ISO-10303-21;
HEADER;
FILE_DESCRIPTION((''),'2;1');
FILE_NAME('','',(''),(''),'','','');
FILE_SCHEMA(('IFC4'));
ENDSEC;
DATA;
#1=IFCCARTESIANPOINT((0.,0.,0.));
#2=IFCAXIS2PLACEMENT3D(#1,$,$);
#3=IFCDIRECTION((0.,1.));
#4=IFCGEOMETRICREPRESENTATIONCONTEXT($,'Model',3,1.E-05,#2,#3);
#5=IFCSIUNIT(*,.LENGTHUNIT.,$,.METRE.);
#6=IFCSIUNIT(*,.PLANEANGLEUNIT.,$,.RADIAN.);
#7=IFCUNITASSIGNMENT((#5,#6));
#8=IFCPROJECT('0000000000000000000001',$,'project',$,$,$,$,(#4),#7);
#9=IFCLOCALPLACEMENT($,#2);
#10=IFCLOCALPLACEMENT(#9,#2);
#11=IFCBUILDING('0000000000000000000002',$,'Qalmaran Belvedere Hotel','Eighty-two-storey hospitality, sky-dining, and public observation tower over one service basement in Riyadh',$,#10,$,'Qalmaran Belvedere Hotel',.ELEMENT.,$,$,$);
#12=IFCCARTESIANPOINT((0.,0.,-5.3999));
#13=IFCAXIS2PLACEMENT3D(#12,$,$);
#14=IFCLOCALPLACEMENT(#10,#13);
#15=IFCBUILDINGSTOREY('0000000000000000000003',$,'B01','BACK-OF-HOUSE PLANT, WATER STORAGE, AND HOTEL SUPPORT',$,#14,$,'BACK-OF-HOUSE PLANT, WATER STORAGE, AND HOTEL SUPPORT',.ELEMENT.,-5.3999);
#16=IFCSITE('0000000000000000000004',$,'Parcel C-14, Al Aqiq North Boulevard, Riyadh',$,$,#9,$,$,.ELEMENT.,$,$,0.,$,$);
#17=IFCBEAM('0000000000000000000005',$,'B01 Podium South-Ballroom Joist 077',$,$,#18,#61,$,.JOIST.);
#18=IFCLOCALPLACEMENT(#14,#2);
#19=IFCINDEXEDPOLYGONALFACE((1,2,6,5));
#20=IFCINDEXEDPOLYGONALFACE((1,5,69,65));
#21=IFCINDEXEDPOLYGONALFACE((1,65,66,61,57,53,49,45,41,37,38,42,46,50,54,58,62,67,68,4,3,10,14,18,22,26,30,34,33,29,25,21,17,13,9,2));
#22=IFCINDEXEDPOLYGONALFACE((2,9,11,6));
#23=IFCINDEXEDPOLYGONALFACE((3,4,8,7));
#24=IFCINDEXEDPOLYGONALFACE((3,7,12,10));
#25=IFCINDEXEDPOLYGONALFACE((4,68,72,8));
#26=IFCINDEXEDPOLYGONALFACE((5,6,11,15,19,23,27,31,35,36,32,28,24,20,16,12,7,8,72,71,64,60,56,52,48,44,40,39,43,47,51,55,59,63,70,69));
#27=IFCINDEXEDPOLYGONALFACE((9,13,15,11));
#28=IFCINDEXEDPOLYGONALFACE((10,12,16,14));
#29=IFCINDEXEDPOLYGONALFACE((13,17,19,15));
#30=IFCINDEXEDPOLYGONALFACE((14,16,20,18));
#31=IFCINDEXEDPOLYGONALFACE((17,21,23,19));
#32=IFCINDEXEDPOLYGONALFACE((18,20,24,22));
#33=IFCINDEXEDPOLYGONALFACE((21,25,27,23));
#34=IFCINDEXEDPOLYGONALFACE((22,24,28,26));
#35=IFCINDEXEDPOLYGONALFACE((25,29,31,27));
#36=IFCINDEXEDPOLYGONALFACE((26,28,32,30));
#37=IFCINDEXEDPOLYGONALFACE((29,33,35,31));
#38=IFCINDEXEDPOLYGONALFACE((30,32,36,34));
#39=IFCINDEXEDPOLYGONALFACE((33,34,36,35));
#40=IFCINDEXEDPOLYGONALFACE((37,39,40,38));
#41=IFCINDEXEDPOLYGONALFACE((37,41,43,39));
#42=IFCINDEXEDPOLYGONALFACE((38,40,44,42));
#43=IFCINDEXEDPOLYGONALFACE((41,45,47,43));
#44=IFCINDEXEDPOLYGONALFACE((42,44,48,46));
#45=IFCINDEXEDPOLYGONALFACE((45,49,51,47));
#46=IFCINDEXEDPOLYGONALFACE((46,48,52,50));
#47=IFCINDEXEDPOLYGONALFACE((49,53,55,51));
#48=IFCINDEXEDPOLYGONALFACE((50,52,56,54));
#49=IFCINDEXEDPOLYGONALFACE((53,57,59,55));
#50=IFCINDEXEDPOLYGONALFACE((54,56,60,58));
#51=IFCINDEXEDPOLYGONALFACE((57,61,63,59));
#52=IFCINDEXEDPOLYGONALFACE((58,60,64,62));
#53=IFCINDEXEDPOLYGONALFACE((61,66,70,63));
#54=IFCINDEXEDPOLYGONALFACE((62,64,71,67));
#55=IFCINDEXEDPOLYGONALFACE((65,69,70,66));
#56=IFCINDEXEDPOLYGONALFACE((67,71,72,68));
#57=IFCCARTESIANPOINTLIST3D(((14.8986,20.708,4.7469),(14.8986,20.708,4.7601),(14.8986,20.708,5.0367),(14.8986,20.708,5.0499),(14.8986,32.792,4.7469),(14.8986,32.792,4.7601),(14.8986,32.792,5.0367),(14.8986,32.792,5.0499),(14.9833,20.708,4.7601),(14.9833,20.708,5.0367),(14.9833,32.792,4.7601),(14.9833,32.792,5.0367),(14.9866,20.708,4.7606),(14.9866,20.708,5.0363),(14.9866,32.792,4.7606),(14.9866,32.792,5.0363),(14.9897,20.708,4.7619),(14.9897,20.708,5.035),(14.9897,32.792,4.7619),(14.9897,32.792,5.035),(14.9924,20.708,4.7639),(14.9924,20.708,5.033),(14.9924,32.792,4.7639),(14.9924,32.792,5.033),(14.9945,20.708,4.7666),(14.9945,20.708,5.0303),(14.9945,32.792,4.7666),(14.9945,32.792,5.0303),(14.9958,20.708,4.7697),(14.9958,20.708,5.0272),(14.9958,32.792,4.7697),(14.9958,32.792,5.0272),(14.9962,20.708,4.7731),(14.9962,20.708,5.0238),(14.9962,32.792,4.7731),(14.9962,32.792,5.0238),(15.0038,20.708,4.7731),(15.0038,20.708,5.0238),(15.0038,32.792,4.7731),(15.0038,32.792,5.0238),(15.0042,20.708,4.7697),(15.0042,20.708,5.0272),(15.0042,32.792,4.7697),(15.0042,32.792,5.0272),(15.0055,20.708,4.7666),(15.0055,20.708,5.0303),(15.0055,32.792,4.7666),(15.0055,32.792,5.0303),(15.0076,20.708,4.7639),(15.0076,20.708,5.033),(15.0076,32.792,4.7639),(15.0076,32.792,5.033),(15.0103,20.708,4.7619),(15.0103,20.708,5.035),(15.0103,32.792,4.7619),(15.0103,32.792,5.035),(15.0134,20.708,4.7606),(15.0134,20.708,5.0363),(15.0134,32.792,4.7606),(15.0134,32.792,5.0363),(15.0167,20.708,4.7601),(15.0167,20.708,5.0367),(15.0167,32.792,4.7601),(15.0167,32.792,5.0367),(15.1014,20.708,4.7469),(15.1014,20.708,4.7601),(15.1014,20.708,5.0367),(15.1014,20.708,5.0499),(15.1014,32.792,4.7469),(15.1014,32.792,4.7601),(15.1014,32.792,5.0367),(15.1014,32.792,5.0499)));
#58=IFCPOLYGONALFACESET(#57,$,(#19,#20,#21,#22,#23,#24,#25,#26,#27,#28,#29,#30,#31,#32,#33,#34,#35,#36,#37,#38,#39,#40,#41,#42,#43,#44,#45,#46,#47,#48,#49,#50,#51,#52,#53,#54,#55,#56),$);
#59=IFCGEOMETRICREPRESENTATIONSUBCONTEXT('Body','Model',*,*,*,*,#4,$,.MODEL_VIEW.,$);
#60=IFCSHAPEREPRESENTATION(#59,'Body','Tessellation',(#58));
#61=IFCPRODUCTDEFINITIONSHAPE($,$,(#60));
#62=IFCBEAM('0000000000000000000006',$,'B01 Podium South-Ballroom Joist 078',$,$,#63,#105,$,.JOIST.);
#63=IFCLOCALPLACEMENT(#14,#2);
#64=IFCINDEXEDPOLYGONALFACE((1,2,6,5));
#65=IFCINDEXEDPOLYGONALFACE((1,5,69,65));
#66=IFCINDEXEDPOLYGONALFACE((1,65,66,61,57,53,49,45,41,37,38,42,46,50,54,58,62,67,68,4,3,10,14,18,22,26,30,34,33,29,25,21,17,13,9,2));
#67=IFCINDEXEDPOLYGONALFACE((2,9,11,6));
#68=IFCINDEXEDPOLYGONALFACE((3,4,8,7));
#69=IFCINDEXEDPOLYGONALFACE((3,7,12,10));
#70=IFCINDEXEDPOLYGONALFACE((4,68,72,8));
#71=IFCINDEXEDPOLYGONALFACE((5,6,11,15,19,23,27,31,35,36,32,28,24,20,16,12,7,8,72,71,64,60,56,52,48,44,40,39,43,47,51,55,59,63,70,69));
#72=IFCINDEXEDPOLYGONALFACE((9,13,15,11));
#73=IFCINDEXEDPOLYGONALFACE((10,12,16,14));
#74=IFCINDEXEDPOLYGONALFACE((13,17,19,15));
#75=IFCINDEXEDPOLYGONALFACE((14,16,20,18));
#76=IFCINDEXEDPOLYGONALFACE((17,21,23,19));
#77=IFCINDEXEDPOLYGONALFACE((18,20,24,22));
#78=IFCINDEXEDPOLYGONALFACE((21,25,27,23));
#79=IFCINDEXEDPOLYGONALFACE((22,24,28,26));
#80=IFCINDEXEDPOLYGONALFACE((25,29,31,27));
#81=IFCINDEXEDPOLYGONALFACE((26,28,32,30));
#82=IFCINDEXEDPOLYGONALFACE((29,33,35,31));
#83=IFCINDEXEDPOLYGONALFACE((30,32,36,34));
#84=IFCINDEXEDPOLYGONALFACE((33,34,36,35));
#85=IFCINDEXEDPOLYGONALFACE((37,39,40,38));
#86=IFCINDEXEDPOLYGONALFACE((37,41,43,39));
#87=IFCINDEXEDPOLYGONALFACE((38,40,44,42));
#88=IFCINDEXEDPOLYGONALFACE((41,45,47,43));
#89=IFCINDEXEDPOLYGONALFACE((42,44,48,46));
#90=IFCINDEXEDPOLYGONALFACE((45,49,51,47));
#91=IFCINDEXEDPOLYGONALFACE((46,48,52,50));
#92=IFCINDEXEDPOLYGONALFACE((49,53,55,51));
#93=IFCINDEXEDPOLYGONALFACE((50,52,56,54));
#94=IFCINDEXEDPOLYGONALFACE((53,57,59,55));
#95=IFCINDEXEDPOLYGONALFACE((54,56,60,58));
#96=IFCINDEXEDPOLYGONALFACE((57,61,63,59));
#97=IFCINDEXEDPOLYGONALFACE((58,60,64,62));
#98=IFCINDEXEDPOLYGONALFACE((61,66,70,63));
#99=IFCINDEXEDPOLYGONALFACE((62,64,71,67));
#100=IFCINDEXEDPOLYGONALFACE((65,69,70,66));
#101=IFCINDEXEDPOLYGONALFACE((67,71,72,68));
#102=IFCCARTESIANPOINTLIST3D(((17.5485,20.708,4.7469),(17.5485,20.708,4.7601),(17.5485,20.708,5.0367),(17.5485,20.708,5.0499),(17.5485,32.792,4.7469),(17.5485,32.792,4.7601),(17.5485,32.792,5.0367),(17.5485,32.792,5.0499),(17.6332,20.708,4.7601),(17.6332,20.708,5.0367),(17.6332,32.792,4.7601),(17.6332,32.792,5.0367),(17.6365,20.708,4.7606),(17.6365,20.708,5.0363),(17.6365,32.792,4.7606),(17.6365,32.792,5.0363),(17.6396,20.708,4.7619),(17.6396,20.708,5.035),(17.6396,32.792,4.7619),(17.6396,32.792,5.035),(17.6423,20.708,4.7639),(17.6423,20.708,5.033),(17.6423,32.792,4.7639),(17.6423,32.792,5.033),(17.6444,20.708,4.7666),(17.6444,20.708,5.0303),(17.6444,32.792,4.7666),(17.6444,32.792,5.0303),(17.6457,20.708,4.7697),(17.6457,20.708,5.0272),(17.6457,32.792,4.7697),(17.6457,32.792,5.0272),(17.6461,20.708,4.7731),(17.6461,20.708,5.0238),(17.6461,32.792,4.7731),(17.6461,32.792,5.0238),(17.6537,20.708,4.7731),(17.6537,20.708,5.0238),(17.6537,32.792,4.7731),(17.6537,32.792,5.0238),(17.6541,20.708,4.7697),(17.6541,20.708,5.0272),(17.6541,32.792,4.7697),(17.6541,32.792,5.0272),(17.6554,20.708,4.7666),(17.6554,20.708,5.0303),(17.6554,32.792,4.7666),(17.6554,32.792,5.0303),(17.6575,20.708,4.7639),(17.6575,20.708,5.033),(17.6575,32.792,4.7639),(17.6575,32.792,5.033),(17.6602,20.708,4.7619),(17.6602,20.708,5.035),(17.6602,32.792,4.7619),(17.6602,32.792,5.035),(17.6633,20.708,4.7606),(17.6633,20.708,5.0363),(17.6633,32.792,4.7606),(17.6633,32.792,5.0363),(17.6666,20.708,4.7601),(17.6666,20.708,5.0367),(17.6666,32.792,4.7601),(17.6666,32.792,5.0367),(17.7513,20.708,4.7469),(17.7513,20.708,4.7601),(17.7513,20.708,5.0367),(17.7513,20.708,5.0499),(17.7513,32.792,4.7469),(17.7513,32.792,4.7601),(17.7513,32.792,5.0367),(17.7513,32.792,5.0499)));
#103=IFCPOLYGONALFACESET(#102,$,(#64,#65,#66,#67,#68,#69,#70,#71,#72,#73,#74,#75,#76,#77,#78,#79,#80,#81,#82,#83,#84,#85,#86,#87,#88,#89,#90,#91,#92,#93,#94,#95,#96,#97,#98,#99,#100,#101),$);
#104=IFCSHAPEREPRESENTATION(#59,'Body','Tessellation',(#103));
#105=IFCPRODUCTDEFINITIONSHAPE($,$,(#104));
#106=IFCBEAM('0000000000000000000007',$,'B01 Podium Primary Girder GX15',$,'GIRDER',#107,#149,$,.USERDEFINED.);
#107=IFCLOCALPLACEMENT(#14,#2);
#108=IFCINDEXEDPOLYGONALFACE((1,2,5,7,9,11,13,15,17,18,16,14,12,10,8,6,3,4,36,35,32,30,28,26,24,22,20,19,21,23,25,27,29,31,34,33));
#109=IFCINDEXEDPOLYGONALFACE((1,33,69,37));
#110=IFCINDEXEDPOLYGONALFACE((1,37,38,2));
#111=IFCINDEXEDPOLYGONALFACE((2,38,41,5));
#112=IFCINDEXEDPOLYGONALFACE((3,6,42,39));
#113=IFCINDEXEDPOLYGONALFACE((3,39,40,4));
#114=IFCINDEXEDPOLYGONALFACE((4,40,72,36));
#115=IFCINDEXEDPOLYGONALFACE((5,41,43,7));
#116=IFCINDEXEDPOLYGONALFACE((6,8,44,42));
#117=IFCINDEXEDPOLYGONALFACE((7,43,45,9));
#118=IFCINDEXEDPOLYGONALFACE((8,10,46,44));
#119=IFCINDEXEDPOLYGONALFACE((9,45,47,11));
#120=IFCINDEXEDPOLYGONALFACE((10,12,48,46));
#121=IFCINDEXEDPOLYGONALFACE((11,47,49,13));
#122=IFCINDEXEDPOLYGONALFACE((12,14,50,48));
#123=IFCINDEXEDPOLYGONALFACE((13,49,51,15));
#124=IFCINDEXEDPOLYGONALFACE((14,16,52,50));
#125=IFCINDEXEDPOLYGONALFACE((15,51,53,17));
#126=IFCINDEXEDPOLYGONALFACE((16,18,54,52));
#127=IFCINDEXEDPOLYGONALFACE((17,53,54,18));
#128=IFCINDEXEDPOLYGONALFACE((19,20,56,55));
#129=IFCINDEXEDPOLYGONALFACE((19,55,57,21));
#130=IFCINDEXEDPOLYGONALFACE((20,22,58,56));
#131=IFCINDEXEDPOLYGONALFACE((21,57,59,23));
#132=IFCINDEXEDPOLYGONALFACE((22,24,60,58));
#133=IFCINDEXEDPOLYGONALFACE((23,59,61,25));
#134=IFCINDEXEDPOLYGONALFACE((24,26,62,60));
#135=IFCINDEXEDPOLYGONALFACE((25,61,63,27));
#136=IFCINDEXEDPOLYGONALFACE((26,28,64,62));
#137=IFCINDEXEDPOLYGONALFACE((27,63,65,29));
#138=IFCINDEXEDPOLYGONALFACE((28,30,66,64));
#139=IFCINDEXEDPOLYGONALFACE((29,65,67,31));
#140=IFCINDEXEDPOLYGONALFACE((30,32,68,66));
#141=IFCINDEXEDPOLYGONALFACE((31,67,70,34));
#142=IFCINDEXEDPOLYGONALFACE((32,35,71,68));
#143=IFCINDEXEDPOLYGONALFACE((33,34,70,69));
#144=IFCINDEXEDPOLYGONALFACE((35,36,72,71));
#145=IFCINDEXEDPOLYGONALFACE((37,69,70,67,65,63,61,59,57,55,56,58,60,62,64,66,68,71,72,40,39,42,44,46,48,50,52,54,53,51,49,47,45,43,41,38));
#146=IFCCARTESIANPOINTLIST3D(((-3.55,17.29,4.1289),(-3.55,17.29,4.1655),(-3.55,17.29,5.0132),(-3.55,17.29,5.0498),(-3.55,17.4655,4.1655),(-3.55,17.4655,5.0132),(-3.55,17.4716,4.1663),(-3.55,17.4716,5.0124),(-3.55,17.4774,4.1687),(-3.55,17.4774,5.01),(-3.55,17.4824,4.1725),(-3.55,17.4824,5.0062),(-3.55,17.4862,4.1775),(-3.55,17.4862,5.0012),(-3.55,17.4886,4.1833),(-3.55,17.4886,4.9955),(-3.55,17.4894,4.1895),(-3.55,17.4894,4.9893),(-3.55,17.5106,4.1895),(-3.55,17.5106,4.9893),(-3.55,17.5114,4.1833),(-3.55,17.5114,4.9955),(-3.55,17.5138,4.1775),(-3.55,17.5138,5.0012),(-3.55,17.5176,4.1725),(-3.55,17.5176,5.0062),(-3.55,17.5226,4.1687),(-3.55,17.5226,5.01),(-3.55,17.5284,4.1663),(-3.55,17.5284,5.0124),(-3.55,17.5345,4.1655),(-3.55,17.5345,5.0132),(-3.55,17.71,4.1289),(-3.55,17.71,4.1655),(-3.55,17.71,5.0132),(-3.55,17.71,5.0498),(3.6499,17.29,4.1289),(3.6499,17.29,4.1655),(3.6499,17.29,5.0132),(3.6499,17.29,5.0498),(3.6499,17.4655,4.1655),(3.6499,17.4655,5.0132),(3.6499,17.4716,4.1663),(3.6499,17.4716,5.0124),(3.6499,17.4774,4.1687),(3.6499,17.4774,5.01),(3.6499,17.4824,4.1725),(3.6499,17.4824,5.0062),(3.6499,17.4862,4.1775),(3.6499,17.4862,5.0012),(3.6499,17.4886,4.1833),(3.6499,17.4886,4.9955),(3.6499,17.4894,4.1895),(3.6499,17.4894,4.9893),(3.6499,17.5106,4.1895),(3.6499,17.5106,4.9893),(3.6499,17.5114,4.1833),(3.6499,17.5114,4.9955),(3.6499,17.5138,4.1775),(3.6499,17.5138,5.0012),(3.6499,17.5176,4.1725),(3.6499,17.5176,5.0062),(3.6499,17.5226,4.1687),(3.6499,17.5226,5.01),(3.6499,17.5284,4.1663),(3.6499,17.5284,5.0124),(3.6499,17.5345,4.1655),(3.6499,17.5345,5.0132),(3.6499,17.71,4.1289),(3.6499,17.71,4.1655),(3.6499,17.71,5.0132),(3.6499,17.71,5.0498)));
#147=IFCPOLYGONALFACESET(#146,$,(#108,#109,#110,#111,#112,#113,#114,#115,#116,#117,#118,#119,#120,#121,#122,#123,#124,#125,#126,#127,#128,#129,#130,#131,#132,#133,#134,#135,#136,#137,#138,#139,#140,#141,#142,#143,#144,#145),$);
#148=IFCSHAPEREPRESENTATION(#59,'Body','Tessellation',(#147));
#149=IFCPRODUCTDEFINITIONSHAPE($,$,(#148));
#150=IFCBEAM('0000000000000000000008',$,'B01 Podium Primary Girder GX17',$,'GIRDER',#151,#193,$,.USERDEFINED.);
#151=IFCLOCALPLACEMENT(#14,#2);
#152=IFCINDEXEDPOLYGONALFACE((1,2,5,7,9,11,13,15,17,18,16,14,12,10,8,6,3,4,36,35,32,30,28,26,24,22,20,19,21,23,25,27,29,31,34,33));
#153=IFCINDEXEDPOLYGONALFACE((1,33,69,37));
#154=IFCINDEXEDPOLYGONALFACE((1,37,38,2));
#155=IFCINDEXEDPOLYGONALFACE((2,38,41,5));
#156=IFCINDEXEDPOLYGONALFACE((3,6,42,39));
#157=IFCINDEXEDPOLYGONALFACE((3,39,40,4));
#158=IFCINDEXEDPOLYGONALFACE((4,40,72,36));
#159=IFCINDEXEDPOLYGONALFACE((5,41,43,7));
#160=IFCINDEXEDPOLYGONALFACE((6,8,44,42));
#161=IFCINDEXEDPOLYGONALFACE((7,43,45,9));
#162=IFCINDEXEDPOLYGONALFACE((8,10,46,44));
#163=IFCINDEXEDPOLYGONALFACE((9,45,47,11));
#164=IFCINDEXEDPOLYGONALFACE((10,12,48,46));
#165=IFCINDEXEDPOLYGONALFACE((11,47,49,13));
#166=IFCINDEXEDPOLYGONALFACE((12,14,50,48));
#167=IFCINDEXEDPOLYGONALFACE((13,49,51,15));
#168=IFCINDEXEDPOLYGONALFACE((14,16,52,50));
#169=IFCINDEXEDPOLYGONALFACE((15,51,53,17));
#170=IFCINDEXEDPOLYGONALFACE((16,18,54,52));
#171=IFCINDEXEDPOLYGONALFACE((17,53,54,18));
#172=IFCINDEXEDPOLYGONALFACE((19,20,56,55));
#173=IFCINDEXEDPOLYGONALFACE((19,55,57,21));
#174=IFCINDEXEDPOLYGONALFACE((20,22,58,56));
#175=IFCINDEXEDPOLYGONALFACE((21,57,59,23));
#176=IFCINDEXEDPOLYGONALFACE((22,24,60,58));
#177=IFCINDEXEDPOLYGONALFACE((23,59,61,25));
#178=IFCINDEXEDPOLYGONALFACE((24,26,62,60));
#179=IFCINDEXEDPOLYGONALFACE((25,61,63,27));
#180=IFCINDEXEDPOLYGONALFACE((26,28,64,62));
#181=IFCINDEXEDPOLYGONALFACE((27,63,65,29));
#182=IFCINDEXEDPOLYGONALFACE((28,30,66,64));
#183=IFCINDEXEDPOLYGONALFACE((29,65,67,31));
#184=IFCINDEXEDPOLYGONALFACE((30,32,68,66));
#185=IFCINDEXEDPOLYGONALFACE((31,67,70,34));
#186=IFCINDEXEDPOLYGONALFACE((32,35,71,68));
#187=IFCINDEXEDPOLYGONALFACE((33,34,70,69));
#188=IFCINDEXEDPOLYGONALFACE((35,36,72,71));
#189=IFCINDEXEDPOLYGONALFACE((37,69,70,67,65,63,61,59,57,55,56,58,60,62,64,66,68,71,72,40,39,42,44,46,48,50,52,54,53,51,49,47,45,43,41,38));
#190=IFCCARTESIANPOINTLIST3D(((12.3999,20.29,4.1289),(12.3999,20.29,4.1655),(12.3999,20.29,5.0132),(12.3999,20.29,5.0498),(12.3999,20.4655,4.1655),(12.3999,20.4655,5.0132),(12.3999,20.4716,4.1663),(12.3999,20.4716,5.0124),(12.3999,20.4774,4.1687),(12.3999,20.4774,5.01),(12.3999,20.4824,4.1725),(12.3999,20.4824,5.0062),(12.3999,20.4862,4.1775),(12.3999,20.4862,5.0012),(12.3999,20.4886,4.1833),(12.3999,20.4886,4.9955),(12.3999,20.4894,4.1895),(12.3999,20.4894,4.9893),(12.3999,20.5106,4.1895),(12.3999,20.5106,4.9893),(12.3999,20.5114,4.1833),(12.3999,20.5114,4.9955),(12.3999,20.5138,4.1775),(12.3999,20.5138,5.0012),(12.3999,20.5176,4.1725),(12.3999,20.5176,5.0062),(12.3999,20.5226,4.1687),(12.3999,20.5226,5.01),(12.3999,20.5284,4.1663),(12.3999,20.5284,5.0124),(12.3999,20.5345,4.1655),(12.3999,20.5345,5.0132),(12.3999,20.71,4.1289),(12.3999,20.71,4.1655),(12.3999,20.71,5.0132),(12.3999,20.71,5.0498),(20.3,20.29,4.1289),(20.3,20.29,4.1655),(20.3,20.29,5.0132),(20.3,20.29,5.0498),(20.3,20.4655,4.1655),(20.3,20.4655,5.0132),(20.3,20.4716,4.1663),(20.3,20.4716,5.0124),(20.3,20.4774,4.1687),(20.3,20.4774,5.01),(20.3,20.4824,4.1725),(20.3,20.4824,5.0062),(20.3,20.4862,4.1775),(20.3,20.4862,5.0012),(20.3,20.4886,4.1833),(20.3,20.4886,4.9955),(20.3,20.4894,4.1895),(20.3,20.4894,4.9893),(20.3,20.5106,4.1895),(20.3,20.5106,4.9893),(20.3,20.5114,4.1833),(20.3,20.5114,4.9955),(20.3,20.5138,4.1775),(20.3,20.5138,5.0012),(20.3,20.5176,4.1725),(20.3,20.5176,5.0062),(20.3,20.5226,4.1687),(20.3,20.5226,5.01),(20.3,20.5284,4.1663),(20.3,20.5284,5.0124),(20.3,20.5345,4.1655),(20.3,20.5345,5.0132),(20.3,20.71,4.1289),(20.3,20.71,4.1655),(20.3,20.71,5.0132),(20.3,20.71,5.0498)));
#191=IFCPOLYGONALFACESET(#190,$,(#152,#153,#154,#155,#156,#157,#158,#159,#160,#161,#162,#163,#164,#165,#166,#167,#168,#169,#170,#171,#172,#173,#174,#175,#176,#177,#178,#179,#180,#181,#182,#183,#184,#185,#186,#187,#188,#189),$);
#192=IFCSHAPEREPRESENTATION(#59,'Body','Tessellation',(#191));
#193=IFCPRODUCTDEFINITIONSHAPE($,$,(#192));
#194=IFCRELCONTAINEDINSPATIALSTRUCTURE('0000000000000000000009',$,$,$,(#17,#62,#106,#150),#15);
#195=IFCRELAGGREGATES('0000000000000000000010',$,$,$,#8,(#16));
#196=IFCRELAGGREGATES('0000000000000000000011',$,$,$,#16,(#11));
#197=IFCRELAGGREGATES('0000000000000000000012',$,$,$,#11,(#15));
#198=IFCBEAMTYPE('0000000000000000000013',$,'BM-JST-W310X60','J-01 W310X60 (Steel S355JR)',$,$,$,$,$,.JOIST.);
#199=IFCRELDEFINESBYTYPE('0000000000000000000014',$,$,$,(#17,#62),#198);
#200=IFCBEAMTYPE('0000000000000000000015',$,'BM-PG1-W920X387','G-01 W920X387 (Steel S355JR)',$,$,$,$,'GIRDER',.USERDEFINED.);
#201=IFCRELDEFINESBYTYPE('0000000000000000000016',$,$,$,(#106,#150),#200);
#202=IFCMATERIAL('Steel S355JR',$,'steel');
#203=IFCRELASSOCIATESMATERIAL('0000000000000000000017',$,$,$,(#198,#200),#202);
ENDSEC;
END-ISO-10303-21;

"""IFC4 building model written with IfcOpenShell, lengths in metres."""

from ifc_helpers import new_model, si_unit, direction, frame, origin, origin_2d, place, context, subcontext, project, spatial, i_section, extrude, material, material_profile, profile_set, type_object, element, save


model = new_model("IFC4")

# Units and contexts
model_context = context("Model", 3, precision=1e-05, world=origin(), true_north=direction((0.0, 1.0)))
body_context = subcontext(model_context, "Body", "Model", "MODEL_VIEW")
ifc_project = project(units=[si_unit("LENGTHUNIT", "METRE"), si_unit("PLANEANGLEUNIT", "RADIAN")], contexts=[model_context])

# Site, building, storey
site_placement = place(None, origin())
site = spatial("IfcSite", under=ifc_project, at=site_placement, Name="Parcel C-14, Al Aqiq North Boulevard, Riyadh", CompositionType="ELEMENT", RefElevation=0.0)
building_placement = place(site_placement, origin())
building = spatial("IfcBuilding", under=site, at=building_placement, Name="Qalmaran Belvedere Hotel", Description="Eighty-two-storey hospitality, sky-dining, and public observation tower over one service basement in Riyadh", LongName="Qalmaran Belvedere Hotel", CompositionType="ELEMENT")
storey_placement = place(building_placement, frame((0.0, 0.0, -5.3999)))
storey = spatial("IfcBuildingStorey", under=building, at=storey_placement, Name="B01", Description="BACK-OF-HOUSE PLANT, WATER STORAGE, AND HOTEL SUPPORT", LongName="BACK-OF-HOUSE PLANT, WATER STORAGE, AND HOTEL SUPPORT", CompositionType="ELEMENT", Elevation=-5.3999)

# Beams
ifc_material_1 = material(Name="Steel S355JR", Category="steel")
ifc_material_profile_1 = material_profile(ifc_material_1, i_section(OverallWidth=0.2029, OverallDepth=0.303, WebThickness=0.0076, FlangeThickness=0.0132, FilletRadius=0.0129, at=origin_2d()), Name="W310X60")
ifc_profile_set_1 = profile_set([ifc_material_profile_1], Name="Steel S355JR")
beam_type_1 = type_object("IfcBeamType", Name="BM-JST-W310X60", Description="J-01 W310X60 (Steel S355JR)", PredefinedType="JOIST", material=ifc_profile_set_1)
for number, where, z_axis, x_axis, name in (
    (1, (15.0, 20.708, 4.8984), (0.0, 1.0, 0.0), (-1.0, 0.0, 0.0), "B01 Podium South-Ballroom Joist 077"),
    (2, (17.6499, 20.708, 4.8984), (0.0, 1.0, 0.0), (-1.0, 0.0, 0.0), "B01 Podium South-Ballroom Joist 078"),
):
    element("IfcBeam", number, at=place(storey_placement, frame(where, z_axis=z_axis, x_axis=x_axis)), inside=storey, type_object=beam_type_1, Name=name, PredefinedType="JOIST", context=body_context, shape_type="SweptSolid", body=[
        extrude(i_section(OverallWidth=0.2029, OverallDepth=0.303, WebThickness=0.0076, FlangeThickness=0.0132, FilletRadius=0.0129, at=origin_2d()), origin(), (0.0, 0.0, 1.0), 12.084),
    ])
ifc_material_profile_2 = material_profile(ifc_material_1, i_section(OverallWidth=0.4199, OverallDepth=0.9209, WebThickness=0.0212, FlangeThickness=0.0366, FilletRadius=0.0239, at=origin_2d()), Name="W920X387")
ifc_profile_set_2 = profile_set([ifc_material_profile_2], Name="Steel S355JR")
beam_type_2 = type_object("IfcBeamType", Name="BM-PG1-W920X387", Description="G-01 W920X387 (Steel S355JR)", ElementType="GIRDER", PredefinedType="USERDEFINED", material=ifc_profile_set_2)
beam_1_placement = place(storey_placement, frame((-3.55, 17.5, 4.5894), z_axis=(1.0, 0.0, 0.0), x_axis=(0.0, 1.0, 0.0)))
element("IfcBeam", 3, at=beam_1_placement, inside=storey, type_object=beam_type_2, Name="B01 Podium Primary Girder GX15", ObjectType="GIRDER", PredefinedType="USERDEFINED", context=body_context, shape_type="SweptSolid", body=[
    extrude(i_section(OverallWidth=0.4199, OverallDepth=0.9209, WebThickness=0.0212, FlangeThickness=0.0366, FilletRadius=0.0239, at=origin_2d()), origin(), (0.0, 0.0, 1.0), 7.2),
])
beam_2_placement = place(storey_placement, frame((12.3999, 20.5, 4.5894), z_axis=(1.0, 0.0, 0.0), x_axis=(0.0, 1.0, 0.0)))
element("IfcBeam", 4, at=beam_2_placement, inside=storey, type_object=beam_type_2, Name="B01 Podium Primary Girder GX17", ObjectType="GIRDER", PredefinedType="USERDEFINED", context=body_context, shape_type="SweptSolid", body=[
    extrude(i_section(OverallWidth=0.4199, OverallDepth=0.9209, WebThickness=0.0212, FlangeThickness=0.0366, FilletRadius=0.0239, at=origin_2d()), origin(), (0.0, 0.0, 1.0), 7.9001),
])

save(model, "model.ifc")
